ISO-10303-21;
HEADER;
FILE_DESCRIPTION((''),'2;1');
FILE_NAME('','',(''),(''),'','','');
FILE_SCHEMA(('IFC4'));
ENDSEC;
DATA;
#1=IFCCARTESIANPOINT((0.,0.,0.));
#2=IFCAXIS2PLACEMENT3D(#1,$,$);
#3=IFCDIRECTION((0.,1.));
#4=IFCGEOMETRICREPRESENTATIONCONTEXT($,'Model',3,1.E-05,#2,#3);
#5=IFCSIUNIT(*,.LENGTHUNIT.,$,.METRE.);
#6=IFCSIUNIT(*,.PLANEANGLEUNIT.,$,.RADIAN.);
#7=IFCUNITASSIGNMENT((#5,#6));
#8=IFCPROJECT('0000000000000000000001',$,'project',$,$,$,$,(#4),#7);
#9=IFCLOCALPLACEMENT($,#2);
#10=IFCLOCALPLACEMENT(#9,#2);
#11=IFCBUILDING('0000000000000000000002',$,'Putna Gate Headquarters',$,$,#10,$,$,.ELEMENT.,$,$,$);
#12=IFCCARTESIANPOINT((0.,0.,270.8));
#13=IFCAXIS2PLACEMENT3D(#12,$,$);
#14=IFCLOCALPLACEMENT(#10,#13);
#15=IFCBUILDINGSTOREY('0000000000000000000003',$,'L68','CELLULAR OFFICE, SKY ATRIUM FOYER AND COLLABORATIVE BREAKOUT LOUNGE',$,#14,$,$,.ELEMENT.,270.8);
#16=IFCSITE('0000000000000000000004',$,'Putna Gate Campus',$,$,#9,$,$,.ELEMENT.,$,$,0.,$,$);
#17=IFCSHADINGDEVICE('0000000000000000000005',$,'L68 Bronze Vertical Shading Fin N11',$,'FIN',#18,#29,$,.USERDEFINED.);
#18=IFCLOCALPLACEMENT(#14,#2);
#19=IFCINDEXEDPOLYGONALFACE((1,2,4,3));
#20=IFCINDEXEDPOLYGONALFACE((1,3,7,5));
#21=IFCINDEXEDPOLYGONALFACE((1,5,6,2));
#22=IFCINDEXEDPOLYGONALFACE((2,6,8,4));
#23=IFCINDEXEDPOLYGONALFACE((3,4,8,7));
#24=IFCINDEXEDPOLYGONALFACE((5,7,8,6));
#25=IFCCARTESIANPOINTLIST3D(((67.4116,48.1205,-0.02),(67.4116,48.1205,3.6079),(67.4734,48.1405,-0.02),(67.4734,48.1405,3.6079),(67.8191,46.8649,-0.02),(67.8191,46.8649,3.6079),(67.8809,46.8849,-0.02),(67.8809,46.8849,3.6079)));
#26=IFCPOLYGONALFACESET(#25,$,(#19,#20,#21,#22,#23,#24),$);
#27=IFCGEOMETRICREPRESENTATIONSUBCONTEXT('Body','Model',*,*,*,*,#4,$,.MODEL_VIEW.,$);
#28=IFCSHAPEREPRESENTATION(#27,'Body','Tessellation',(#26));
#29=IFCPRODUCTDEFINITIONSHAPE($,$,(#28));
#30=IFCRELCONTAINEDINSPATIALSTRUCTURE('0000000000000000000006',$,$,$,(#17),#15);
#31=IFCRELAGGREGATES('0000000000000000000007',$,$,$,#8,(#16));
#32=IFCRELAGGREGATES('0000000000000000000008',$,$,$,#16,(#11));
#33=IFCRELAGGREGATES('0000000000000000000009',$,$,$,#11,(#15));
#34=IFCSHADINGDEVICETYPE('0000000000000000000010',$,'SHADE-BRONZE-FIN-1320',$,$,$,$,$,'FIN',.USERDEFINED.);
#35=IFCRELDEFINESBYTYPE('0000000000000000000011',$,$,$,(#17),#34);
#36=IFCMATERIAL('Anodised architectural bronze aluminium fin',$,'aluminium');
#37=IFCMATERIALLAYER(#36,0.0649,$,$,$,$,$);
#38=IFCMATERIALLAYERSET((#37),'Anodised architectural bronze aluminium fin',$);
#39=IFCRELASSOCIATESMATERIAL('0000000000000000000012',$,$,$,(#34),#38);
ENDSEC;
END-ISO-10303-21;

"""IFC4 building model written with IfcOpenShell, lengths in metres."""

from ifc_helpers import new_model, si_unit, direction, frame, origin, origin_2d, place, context, subcontext, project, spatial, rectangle, extrude, material, layer, layer_set, type_object, element, save


model = new_model("IFC4")

# Units and contexts
model_context = context("Model", 3, precision=1e-05, world=origin(), true_north=direction((0.0, 1.0)))
body_context = subcontext(model_context, "Body", "Model", "MODEL_VIEW")
ifc_project = project(units=[si_unit("LENGTHUNIT", "METRE"), si_unit("PLANEANGLEUNIT", "RADIAN")], contexts=[model_context])

# Site, building, storey
site_placement = place(None, origin())
site = spatial("IfcSite", under=ifc_project, at=site_placement, Name="Putna Gate Campus", CompositionType="ELEMENT", RefElevation=0.0)
building_placement = place(site_placement, origin())
building = spatial("IfcBuilding", under=site, at=building_placement, Name="Putna Gate Headquarters", CompositionType="ELEMENT")
storey_placement = place(building_placement, frame((0.0, 0.0, 270.8)))
storey = spatial("IfcBuildingStorey", under=building, at=storey_placement, Name="L68", Description="CELLULAR OFFICE, SKY ATRIUM FOYER AND COLLABORATIVE BREAKOUT LOUNGE", CompositionType="ELEMENT", Elevation=270.8)

# Shading device
ifc_material_1 = material(Name="Anodised architectural bronze aluminium fin", Category="aluminium")
ifc_layer_1 = layer(ifc_material_1, 0.0649)
ifc_layer_set_1 = layer_set([ifc_layer_1], Name="Anodised architectural bronze aluminium fin")
shading_device_type = type_object("IfcShadingDeviceType", Name="SHADE-BRONZE-FIN-1320", ElementType="FIN", PredefinedType="USERDEFINED", material=ifc_layer_set_1)
for number, where, z_axis, x_axis, name in (
    (1, (67.6462, 47.5027, -0.02), (0.0, 0.0, 1.0), (-0.308685, 0.951164, 0.0), "L68 Bronze Vertical Shading Fin N11"),
):
    element("IfcShadingDevice", number, at=place(storey_placement, frame(where, z_axis=z_axis, x_axis=x_axis)), inside=storey, type_object=shading_device_type, Name=name, ObjectType="FIN", PredefinedType="USERDEFINED", context=body_context, shape_type="SweptSolid", body=[
        extrude(rectangle(XDim=1.3201, YDim=0.0649, at=origin_2d()), origin(), (0.0, 0.0, 1.0), 3.6279),
    ])

save(model, "model.ifc")
